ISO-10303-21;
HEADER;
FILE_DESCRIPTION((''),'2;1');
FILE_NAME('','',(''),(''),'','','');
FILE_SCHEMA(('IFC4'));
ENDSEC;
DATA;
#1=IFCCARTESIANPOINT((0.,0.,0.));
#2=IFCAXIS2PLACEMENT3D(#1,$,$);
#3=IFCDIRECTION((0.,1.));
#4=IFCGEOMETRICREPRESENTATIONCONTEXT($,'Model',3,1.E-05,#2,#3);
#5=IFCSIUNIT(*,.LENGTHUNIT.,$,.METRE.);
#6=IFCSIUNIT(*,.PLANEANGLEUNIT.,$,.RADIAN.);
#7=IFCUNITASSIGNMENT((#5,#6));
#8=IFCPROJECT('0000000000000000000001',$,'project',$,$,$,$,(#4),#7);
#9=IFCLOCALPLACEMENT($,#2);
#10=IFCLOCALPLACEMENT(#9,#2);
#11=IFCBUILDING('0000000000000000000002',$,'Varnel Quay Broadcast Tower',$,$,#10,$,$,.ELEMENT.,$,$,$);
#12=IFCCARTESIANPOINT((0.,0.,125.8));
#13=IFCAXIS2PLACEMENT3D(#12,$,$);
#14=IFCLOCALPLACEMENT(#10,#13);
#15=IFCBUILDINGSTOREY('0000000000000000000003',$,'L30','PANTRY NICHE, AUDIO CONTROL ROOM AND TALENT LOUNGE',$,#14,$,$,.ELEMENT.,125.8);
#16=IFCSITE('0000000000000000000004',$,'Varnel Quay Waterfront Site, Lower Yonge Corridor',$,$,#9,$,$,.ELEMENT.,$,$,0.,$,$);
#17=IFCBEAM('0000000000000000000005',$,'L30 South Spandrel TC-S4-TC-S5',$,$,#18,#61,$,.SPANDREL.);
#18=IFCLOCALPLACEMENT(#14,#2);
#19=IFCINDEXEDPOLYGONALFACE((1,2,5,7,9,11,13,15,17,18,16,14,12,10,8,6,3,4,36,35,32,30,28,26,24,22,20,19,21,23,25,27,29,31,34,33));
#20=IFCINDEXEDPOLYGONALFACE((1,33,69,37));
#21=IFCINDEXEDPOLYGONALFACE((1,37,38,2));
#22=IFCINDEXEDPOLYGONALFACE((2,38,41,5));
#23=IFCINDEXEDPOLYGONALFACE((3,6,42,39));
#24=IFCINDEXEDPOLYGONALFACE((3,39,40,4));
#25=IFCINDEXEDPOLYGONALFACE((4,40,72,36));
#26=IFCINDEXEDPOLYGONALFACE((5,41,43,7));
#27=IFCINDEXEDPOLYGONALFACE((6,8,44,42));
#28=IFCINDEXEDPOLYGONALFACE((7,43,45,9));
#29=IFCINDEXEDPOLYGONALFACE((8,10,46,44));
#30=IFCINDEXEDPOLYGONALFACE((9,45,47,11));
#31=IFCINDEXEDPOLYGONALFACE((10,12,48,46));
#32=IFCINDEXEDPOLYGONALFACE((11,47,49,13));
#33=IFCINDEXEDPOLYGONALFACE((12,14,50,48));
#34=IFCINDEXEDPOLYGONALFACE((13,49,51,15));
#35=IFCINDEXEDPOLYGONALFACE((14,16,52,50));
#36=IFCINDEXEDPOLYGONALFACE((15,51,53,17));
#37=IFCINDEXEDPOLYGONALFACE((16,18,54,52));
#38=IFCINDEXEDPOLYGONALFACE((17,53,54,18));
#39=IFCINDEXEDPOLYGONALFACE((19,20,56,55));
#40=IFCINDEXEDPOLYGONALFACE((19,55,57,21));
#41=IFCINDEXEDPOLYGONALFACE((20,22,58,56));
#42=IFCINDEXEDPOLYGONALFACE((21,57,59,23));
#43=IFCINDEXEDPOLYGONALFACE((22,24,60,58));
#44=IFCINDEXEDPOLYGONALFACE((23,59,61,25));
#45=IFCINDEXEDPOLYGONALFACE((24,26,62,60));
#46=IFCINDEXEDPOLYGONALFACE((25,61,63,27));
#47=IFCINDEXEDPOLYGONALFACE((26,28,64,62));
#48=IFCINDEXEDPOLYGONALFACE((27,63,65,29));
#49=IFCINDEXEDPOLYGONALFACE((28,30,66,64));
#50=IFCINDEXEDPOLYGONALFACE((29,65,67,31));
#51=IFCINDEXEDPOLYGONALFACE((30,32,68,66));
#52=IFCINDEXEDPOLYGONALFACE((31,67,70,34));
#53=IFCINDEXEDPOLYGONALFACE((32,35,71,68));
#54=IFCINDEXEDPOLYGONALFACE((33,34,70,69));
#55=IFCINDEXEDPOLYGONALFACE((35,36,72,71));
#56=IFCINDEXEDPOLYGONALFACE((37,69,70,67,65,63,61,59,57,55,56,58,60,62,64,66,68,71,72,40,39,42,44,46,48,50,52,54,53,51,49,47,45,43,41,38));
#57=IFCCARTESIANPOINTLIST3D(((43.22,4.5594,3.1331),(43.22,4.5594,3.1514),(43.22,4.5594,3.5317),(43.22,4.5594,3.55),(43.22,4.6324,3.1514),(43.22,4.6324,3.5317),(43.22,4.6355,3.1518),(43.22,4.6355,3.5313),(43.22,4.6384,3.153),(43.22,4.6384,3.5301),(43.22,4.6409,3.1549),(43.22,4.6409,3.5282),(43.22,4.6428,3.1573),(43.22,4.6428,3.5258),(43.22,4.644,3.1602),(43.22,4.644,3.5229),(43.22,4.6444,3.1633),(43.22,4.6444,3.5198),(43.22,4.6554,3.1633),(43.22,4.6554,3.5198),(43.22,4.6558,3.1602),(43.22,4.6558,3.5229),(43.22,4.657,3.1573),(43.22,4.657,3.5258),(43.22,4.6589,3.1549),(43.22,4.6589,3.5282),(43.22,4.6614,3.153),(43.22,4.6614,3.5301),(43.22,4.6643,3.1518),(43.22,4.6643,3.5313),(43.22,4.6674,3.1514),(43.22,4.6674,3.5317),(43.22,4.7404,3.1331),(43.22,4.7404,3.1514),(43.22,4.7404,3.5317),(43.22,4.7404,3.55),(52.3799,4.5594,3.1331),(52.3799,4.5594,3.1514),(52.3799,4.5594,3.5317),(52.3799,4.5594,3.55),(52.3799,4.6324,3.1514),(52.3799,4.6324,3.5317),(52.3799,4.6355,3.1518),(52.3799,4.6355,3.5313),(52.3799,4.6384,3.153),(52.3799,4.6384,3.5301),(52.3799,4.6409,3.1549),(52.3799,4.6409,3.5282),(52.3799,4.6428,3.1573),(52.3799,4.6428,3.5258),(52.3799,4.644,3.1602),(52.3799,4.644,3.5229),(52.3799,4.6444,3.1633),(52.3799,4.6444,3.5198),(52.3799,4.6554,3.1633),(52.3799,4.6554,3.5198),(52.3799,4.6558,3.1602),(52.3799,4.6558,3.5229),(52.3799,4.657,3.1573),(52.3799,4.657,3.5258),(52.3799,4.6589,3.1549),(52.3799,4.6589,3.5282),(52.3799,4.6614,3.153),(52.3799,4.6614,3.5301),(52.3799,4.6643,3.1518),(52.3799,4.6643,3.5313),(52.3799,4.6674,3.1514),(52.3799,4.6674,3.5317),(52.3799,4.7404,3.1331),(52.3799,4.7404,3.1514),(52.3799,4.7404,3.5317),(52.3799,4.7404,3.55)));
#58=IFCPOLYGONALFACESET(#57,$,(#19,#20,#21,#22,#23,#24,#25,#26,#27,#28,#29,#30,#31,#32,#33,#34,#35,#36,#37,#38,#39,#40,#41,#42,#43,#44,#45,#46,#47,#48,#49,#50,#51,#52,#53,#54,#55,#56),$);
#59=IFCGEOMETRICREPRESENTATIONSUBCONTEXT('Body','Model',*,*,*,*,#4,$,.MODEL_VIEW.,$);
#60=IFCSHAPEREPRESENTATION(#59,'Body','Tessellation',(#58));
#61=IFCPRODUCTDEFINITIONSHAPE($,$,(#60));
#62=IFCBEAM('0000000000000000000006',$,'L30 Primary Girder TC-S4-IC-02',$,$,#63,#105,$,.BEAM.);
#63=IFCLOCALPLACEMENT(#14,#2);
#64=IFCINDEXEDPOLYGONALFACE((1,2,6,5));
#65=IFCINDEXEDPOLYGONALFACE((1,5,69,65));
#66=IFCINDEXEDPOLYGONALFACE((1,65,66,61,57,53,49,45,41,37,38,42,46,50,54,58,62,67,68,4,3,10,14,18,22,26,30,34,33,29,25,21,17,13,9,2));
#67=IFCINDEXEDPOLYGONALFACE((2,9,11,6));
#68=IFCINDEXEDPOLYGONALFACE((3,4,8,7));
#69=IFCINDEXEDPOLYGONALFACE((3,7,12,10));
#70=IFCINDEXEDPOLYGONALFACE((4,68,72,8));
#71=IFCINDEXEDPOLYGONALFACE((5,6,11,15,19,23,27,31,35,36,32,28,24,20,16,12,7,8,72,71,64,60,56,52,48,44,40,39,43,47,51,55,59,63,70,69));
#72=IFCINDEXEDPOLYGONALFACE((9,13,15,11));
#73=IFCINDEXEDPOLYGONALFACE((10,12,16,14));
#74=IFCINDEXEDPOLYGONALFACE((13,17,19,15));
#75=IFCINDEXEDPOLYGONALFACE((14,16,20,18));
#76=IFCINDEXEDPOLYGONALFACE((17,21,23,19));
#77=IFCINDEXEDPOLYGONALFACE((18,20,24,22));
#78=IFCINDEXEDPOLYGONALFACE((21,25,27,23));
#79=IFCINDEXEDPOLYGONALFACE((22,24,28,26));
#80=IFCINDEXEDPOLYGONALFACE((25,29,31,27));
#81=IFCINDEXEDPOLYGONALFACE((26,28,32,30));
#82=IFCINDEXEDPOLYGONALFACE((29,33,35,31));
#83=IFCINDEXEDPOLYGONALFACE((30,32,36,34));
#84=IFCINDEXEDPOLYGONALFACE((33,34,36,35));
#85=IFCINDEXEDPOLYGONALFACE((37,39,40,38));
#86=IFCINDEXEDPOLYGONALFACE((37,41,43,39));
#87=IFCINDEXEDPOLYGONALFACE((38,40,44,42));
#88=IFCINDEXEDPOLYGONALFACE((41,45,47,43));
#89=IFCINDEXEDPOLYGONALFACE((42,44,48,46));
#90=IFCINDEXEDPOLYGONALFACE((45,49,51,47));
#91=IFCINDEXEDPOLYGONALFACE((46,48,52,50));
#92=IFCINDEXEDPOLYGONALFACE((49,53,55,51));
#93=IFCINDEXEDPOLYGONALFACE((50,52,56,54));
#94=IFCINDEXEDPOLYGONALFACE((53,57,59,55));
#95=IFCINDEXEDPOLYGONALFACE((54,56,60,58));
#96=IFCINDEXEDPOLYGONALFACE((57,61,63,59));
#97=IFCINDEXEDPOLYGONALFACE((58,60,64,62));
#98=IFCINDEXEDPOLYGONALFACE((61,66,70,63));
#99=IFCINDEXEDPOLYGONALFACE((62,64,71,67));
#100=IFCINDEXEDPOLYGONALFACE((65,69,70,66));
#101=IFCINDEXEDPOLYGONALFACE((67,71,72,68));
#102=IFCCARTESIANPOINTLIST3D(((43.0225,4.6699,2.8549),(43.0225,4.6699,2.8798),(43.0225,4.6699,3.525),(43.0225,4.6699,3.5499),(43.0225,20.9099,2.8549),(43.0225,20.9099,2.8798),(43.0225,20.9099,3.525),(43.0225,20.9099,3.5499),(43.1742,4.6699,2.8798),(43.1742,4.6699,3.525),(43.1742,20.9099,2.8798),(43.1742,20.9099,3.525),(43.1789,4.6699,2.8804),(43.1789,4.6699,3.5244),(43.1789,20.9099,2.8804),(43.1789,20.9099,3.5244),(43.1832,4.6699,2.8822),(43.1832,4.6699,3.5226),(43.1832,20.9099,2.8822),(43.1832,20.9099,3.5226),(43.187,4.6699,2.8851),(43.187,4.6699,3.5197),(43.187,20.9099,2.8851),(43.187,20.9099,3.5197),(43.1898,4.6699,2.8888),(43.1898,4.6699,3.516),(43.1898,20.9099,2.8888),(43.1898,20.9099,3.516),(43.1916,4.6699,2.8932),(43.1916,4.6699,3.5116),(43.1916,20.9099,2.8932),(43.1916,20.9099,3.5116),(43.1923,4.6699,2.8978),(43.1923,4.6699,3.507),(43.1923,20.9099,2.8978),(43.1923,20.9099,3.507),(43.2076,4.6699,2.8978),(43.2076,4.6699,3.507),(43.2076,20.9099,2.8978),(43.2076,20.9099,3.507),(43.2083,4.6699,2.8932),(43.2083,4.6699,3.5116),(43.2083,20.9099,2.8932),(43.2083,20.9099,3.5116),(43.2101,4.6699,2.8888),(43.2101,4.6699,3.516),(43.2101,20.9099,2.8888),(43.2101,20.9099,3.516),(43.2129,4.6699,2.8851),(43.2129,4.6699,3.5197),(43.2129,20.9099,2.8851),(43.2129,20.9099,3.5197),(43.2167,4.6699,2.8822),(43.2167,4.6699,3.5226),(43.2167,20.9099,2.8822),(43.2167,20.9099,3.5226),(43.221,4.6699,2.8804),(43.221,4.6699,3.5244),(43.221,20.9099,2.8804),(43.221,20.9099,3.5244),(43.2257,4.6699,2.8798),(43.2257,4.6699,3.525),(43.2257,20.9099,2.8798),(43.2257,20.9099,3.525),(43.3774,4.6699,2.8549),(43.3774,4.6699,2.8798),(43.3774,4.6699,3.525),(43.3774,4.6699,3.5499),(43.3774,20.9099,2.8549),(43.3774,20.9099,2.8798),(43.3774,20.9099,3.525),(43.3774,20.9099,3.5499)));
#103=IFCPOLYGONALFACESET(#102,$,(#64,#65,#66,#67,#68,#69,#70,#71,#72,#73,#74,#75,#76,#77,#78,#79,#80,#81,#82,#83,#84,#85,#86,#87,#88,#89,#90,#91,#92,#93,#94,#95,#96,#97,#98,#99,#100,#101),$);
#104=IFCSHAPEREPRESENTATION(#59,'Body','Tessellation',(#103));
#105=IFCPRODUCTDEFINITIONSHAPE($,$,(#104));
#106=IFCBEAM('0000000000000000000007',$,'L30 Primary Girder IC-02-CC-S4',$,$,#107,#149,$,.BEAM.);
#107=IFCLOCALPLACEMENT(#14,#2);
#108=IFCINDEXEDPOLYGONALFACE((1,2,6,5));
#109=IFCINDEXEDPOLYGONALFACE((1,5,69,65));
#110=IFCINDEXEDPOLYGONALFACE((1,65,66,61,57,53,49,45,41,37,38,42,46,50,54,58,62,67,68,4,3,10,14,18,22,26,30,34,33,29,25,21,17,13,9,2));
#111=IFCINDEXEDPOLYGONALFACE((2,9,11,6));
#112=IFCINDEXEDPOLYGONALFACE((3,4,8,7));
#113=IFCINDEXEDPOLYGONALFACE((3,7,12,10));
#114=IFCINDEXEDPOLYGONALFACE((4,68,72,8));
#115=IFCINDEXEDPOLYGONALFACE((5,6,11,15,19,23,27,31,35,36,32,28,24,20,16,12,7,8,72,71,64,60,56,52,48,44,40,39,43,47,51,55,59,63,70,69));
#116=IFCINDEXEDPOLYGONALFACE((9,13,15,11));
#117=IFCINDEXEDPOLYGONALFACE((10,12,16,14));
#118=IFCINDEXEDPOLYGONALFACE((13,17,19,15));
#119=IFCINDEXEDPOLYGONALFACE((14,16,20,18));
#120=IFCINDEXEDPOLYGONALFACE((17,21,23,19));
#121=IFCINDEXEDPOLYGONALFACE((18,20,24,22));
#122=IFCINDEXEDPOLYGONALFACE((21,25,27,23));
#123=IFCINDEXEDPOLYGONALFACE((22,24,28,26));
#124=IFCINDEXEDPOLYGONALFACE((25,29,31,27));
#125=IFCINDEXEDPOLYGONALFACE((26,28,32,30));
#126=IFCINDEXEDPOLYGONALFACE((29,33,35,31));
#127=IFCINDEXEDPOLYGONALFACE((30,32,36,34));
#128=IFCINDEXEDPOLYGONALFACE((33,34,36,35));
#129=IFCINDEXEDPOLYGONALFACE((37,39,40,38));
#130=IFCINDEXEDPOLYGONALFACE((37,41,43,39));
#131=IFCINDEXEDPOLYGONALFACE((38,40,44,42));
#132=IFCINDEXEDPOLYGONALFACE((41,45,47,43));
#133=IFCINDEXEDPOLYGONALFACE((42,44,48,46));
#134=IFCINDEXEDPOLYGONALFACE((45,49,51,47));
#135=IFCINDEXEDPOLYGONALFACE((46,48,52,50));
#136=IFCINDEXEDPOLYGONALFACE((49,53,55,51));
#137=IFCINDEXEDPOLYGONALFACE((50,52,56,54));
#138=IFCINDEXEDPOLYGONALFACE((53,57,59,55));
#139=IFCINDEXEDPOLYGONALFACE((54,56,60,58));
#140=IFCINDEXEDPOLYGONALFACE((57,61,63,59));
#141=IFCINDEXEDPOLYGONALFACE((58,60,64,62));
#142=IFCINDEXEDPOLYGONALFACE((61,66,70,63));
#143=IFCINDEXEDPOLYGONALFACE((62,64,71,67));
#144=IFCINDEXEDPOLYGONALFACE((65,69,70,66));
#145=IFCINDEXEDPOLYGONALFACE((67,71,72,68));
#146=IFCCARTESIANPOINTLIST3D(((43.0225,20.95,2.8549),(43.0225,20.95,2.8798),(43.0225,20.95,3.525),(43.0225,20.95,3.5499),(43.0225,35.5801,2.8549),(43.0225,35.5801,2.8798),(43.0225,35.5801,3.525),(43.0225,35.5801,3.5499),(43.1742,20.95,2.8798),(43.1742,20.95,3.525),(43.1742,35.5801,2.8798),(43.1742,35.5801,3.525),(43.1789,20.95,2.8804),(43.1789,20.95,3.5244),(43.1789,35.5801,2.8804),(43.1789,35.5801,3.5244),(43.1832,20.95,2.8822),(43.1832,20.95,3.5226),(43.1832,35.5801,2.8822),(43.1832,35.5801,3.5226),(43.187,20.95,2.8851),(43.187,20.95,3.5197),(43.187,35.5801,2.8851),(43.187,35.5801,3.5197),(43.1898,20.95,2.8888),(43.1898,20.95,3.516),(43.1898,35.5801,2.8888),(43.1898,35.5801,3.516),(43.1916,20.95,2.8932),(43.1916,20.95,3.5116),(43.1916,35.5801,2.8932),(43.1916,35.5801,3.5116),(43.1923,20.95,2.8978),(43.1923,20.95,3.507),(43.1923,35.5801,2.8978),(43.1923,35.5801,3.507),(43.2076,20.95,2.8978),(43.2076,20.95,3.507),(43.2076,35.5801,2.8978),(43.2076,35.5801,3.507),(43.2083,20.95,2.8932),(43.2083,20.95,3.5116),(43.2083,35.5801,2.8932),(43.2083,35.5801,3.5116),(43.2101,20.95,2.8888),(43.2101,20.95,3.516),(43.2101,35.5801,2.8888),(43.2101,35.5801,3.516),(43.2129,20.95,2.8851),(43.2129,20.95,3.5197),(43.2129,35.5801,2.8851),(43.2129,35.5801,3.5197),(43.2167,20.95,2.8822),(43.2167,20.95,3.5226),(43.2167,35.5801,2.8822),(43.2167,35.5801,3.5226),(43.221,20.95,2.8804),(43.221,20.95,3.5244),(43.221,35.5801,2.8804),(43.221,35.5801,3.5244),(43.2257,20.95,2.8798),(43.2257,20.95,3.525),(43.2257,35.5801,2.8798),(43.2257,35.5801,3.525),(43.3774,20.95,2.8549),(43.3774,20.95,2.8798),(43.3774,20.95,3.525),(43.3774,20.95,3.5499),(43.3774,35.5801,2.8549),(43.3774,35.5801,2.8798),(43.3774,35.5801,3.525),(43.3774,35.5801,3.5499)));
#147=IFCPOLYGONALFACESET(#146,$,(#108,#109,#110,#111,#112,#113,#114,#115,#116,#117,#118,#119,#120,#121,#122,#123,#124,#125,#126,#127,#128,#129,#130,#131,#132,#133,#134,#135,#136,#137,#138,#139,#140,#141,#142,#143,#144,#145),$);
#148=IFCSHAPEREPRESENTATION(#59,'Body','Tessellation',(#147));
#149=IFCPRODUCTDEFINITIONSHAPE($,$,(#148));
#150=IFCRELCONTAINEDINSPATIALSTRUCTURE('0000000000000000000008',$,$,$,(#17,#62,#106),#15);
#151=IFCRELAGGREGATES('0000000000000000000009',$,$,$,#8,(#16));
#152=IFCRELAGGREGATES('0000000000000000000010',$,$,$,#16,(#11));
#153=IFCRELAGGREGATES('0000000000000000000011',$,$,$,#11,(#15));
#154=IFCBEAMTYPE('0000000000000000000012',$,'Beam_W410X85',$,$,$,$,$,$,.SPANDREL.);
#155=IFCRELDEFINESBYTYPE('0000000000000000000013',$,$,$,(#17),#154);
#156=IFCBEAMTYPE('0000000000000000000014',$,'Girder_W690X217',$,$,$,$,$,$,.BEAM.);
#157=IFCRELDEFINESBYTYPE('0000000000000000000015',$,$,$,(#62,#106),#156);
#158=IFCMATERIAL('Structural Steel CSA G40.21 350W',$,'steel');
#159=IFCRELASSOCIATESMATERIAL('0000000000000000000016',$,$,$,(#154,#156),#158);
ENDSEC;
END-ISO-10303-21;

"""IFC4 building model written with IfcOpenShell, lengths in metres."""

from ifc_helpers import new_model, si_unit, direction, frame, origin, origin_2d, place, context, subcontext, project, spatial, i_section, extrude, source, transform, mapped, material, material_profile, profile_set, type_object, type_shapes, element, save


model = new_model("IFC4")

# Units and contexts
model_context = context("Model", 3, precision=1e-05, world=origin(), true_north=direction((0.0, 1.0)))
body_context = subcontext(model_context, "Body", "Model", "MODEL_VIEW")
ifc_project = project(units=[si_unit("LENGTHUNIT", "METRE"), si_unit("PLANEANGLEUNIT", "RADIAN")], contexts=[model_context])

# Site, building, storey
site_placement = place(None, origin())
site = spatial("IfcSite", under=ifc_project, at=site_placement, Name="Varnel Quay Waterfront Site, Lower Yonge Corridor", CompositionType="ELEMENT", RefElevation=0.0)
building_placement = place(site_placement, origin())
building = spatial("IfcBuilding", under=site, at=building_placement, Name="Varnel Quay Broadcast Tower", CompositionType="ELEMENT")
storey_placement = place(building_placement, frame((0.0, 0.0, 125.8)))
storey = spatial("IfcBuildingStorey", under=building, at=storey_placement, Name="L30", Description="PANTRY NICHE, AUDIO CONTROL ROOM AND TALENT LOUNGE", CompositionType="ELEMENT", Elevation=125.8)

# Shared definitions
ifc_material_1 = material(Name="Structural Steel CSA G40.21 350W", Category="steel")

# Beams
ifc_material_profile_1 = material_profile(ifc_material_1, i_section(OverallWidth=0.1809, OverallDepth=0.417, WebThickness=0.011, FlangeThickness=0.0183, FilletRadius=0.012, at=origin_2d()), Name="W410X85")
ifc_profile_set_1 = profile_set([ifc_material_profile_1], Name="Structural Steel CSA G40.21 350W")
beam_type_1 = type_object("IfcBeamType", Name="Beam_W410X85", PredefinedType="SPANDREL", material=ifc_profile_set_1)
shared_shape_1 = source(origin(), body_context, "Body", "SweptSolid", [
    extrude(i_section(OverallWidth=0.1809, OverallDepth=0.417, WebThickness=0.011, FlangeThickness=0.0183, FilletRadius=0.012, at=origin_2d()), origin(), (0.0, 0.0, 1.0), 9.1599),
])
type_shapes(beam_type_1, [shared_shape_1])
for number, where, z_axis, x_axis, name in (
    (1, (43.22, 4.6499, 3.3416), (1.0, 0.0, 0.0), (0.0, 1.0, 0.0), "L30 South Spandrel TC-S4-TC-S5"),
):
    element("IfcBeam", number, at=place(storey_placement, frame(where, z_axis=z_axis, x_axis=x_axis)), inside=storey, type_object=beam_type_1, Name=name, PredefinedType="SPANDREL", context=body_context, shape_type="MappedRepresentation", body=[
        mapped(shared_shape_1, transform((0.0, 0.0, 0.0), x_axis=(1.0, 0.0, 0.0), y_axis=(0.0, 1.0, 0.0), z_axis=(0.0, 0.0, 1.0), scale=1.0)),
    ])
ifc_material_profile_2 = material_profile(ifc_material_1, i_section(OverallWidth=0.355, OverallDepth=0.6951, WebThickness=0.0154, FlangeThickness=0.0249, FilletRadius=0.0181, at=origin_2d()), Name="W690X217")
ifc_profile_set_2 = profile_set([ifc_material_profile_2], Name="Structural Steel CSA G40.21 350W")
beam_type_2 = type_object("IfcBeamType", Name="Girder_W690X217", PredefinedType="BEAM", material=ifc_profile_set_2)
shared_shape_2 = source(origin(), body_context, "Body", "SweptSolid", [
    extrude(i_section(OverallWidth=0.355, OverallDepth=0.6951, WebThickness=0.0154, FlangeThickness=0.0249, FilletRadius=0.0181, at=origin_2d()), origin(), (0.0, 0.0, 1.0), 16.24),
])
beam_1_placement = place(storey_placement, frame((43.2, 4.6699, 3.2024), z_axis=(0.0, 1.0, 0.0), x_axis=(-1.0, 0.0, 0.0)))
element("IfcBeam", 2, at=beam_1_placement, inside=storey, type_object=beam_type_2, Name="L30 Primary Girder TC-S4-IC-02", PredefinedType="BEAM", context=body_context, shape_type="MappedRepresentation", body=[
    mapped(shared_shape_2, transform((0.0, 0.0, 0.0), x_axis=(1.0, 0.0, 0.0), y_axis=(0.0, 1.0, 0.0), z_axis=(0.0, 0.0, 1.0), scale=1.0)),
])
shared_shape_3 = source(origin(), body_context, "Body", "SweptSolid", [
    extrude(i_section(OverallWidth=0.355, OverallDepth=0.6951, WebThickness=0.0154, FlangeThickness=0.0249, FilletRadius=0.0181, at=origin_2d()), origin(), (0.0, 0.0, 1.0), 14.6301),
])
beam_2_placement = place(storey_placement, frame((43.2, 20.95, 3.2024), z_axis=(0.0, 1.0, 0.0), x_axis=(-1.0, 0.0, 0.0)))
element("IfcBeam", 3, at=beam_2_placement, inside=storey, type_object=beam_type_2, Name="L30 Primary Girder IC-02-CC-S4", PredefinedType="BEAM", context=body_context, shape_type="MappedRepresentation", body=[
    mapped(shared_shape_3, transform((0.0, 0.0, 0.0), x_axis=(1.0, 0.0, 0.0), y_axis=(0.0, 1.0, 0.0), z_axis=(0.0, 0.0, 1.0), scale=1.0)),
])

save(model, "model.ifc")
